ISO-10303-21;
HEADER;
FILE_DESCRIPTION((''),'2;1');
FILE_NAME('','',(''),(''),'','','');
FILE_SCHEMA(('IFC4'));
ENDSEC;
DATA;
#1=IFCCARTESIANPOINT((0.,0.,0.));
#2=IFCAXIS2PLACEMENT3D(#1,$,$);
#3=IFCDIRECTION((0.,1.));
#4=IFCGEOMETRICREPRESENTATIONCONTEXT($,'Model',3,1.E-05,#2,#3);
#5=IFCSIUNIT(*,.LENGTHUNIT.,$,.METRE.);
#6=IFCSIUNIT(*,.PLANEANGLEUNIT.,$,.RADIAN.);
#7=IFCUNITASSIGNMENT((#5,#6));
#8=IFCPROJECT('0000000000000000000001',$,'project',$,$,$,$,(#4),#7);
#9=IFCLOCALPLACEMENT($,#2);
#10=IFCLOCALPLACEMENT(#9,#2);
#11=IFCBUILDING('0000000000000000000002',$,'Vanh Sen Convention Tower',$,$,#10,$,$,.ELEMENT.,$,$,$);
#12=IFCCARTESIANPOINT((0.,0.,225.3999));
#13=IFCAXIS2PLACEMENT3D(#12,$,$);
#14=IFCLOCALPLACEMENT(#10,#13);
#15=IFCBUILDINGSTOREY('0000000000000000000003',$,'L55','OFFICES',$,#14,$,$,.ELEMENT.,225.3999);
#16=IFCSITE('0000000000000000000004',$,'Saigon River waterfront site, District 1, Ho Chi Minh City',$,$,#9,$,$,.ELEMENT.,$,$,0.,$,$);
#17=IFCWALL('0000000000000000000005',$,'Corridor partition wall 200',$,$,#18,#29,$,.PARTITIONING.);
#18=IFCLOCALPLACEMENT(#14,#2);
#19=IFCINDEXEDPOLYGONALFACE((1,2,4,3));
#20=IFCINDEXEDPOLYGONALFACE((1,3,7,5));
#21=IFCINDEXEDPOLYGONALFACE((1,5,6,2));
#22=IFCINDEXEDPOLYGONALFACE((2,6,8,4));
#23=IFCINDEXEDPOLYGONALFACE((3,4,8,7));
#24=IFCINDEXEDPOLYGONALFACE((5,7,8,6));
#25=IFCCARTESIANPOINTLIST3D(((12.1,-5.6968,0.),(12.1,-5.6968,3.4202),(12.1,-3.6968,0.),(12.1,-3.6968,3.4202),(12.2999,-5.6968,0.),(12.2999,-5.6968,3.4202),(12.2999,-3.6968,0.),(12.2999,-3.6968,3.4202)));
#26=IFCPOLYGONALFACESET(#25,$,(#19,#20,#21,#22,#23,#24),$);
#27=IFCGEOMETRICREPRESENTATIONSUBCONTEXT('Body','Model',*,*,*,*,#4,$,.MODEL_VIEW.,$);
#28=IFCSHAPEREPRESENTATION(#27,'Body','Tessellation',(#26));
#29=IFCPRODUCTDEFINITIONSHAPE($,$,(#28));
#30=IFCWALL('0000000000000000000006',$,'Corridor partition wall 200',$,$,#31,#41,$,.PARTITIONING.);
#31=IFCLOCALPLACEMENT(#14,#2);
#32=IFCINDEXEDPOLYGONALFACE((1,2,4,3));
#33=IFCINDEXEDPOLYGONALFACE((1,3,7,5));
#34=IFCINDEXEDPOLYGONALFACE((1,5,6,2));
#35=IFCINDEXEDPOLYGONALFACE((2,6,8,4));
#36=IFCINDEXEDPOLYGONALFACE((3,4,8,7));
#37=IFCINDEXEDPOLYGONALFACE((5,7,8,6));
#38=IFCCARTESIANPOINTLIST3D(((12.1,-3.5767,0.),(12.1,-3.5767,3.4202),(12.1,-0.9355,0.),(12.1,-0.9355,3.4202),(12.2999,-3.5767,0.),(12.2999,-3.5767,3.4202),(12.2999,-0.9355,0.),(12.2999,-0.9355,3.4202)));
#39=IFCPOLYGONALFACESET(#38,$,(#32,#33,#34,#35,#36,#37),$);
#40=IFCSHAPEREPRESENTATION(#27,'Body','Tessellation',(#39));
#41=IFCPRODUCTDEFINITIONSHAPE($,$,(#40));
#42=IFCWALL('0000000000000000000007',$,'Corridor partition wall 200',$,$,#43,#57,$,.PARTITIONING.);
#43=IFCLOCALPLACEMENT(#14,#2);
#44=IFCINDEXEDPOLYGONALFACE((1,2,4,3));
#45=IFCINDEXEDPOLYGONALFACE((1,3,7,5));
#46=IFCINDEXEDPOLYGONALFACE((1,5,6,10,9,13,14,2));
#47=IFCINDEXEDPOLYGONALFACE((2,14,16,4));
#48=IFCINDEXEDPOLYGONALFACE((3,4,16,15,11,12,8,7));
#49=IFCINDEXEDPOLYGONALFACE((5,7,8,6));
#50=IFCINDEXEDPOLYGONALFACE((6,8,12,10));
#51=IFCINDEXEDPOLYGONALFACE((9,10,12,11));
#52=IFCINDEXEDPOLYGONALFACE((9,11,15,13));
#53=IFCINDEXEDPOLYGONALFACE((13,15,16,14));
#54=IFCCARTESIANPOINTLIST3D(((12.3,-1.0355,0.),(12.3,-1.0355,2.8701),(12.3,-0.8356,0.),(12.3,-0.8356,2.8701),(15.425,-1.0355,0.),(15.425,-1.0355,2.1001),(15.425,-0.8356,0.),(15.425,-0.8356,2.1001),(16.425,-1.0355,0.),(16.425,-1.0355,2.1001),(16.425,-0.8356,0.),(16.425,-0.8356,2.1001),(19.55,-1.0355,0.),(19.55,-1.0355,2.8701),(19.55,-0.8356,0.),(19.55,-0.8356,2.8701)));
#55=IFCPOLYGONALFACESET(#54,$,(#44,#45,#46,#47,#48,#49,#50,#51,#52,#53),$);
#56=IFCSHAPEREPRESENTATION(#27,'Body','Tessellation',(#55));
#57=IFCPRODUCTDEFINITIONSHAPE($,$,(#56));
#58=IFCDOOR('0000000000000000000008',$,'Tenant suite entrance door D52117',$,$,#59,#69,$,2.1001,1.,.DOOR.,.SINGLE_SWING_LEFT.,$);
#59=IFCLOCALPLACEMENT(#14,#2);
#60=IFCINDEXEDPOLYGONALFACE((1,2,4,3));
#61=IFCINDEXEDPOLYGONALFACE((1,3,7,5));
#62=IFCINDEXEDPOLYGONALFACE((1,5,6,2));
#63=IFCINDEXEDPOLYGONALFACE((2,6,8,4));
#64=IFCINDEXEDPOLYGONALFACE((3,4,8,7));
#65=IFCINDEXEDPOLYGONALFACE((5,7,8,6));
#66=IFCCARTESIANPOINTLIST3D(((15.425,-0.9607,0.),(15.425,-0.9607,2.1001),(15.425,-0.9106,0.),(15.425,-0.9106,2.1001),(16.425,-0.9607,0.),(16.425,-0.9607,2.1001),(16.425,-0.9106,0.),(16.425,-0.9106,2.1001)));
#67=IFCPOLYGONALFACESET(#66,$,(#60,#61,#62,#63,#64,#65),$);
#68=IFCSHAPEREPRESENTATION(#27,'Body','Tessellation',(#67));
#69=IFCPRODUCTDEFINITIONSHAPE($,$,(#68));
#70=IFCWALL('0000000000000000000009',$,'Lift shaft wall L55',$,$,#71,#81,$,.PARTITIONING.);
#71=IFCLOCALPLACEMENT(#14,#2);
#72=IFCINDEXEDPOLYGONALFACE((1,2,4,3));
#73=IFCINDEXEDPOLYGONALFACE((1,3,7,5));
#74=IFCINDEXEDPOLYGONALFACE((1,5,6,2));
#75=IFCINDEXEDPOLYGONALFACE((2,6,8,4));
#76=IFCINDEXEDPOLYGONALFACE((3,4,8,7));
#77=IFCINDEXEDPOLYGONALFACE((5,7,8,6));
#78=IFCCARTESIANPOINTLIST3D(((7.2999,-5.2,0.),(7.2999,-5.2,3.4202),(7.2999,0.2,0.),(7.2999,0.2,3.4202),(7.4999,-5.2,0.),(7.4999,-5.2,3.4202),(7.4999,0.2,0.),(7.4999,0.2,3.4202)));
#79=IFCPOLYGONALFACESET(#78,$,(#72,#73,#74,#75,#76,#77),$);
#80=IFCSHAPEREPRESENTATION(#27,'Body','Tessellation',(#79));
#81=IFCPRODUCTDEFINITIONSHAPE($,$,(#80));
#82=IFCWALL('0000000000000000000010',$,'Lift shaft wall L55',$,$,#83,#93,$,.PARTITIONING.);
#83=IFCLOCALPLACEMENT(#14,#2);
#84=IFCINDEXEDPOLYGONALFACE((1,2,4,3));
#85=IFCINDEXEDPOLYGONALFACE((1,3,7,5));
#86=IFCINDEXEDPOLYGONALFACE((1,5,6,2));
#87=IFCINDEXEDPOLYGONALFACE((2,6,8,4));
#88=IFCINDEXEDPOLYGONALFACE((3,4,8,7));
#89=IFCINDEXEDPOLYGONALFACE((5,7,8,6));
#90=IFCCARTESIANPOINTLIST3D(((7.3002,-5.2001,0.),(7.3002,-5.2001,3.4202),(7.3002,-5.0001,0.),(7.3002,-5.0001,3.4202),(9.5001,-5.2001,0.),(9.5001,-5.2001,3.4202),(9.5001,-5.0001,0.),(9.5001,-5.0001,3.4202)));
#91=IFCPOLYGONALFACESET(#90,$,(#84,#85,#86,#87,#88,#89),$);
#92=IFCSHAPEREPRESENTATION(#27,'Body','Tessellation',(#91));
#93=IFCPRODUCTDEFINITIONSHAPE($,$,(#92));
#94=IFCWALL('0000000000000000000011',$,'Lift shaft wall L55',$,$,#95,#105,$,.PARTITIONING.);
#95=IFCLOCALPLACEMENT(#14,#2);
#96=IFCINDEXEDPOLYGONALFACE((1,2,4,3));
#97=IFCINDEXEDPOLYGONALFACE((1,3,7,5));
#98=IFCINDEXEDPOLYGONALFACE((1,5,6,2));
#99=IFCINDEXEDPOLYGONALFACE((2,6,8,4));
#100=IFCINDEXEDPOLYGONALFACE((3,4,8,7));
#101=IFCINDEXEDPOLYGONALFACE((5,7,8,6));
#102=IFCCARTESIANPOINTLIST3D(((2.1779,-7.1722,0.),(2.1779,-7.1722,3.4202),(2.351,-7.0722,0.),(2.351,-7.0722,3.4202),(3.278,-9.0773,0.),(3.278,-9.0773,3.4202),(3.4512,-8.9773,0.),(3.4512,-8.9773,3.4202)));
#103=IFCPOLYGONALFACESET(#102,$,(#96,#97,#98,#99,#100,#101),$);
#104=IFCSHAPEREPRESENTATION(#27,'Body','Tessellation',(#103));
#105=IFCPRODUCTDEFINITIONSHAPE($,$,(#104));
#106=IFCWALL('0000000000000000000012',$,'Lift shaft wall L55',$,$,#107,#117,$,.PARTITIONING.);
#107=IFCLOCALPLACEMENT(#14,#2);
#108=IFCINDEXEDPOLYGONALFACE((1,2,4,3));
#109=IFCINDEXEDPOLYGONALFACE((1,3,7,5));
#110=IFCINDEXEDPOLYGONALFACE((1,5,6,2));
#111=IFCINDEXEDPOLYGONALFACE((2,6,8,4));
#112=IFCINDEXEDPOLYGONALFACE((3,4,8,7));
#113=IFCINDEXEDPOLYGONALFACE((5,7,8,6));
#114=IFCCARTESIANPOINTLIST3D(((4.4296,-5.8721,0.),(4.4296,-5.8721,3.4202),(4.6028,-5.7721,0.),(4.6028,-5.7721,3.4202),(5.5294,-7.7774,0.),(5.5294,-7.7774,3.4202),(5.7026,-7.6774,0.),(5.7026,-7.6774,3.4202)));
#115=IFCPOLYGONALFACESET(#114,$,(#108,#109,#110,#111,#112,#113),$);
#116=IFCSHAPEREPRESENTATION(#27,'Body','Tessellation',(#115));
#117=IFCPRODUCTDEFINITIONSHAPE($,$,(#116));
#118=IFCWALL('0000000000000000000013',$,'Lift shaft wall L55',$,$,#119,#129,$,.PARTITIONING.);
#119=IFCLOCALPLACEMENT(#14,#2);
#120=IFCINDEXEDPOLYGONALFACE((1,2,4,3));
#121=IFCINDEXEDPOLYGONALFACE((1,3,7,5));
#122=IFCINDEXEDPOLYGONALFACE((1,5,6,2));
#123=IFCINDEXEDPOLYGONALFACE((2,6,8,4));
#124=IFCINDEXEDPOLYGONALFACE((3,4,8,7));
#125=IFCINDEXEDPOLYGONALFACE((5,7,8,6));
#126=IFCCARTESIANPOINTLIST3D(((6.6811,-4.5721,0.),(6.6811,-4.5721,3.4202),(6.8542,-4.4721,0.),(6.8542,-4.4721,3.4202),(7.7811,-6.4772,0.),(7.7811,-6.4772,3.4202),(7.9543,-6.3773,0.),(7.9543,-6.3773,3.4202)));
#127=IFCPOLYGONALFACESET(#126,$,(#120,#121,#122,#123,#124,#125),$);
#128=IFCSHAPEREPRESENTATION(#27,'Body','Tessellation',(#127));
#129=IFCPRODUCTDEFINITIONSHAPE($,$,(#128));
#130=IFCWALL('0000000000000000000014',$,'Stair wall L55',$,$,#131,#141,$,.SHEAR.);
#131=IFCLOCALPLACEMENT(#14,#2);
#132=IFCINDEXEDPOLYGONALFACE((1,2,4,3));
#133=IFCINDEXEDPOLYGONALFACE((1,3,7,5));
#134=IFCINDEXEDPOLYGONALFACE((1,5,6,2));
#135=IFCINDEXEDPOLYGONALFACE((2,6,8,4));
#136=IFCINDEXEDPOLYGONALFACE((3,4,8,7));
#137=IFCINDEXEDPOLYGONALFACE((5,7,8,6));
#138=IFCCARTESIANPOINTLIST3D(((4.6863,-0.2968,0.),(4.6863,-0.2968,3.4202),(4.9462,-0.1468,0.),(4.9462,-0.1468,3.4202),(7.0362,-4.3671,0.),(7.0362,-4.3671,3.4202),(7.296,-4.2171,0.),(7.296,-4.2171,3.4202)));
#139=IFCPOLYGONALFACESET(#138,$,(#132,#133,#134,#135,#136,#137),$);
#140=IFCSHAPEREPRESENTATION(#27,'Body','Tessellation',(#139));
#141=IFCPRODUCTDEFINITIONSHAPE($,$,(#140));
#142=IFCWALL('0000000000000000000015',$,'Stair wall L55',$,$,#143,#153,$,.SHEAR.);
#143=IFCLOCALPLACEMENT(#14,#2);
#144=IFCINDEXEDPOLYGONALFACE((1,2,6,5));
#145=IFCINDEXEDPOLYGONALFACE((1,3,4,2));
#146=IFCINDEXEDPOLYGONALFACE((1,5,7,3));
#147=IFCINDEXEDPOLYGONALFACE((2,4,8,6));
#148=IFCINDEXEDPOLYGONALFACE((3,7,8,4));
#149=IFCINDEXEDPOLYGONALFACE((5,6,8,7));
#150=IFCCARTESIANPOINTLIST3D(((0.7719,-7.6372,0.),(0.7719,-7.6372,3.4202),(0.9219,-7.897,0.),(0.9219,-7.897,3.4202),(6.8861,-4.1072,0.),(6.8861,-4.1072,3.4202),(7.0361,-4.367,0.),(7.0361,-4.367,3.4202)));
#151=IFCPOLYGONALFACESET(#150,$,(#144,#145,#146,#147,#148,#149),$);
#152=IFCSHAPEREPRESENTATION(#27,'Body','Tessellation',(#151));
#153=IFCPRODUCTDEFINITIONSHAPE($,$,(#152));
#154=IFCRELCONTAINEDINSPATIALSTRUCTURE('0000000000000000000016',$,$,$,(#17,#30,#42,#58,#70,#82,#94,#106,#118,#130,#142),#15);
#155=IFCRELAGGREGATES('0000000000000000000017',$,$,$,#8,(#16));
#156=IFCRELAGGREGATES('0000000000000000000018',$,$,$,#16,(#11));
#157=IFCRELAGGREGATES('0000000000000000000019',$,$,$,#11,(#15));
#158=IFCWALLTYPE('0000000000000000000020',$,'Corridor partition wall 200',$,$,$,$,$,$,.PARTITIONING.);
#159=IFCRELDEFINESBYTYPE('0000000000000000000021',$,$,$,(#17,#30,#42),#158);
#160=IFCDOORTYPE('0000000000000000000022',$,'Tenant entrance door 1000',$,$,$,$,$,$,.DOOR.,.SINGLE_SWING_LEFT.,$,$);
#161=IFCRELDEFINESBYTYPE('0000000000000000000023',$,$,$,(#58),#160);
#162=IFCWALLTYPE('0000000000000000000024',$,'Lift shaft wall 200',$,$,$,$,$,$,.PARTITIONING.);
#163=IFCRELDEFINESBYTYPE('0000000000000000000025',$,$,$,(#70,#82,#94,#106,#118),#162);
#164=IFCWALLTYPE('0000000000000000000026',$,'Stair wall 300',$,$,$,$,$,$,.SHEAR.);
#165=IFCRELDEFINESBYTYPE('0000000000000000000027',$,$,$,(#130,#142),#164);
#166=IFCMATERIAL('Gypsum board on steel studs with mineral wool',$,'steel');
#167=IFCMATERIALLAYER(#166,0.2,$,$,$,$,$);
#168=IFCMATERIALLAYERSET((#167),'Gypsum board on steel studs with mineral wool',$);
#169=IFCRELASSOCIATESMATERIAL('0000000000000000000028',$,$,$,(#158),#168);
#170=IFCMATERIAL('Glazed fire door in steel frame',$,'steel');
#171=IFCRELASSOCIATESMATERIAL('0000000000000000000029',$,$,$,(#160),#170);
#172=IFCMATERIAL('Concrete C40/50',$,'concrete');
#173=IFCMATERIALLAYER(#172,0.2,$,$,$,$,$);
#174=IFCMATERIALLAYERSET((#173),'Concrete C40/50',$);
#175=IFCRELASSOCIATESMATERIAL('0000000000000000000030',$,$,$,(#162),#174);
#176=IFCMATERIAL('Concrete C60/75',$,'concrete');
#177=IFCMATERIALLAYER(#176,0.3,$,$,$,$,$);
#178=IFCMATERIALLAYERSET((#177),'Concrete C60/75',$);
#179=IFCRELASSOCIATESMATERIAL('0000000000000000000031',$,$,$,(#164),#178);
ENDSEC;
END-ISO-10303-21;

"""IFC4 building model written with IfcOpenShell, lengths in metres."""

from ifc_helpers import new_model, si_unit, direction, frame, frame_2d, origin, place, context, subcontext, project, spatial, rectangle, extrude, material, layer, layer_set, type_object, element, fill, save


model = new_model("IFC4")

# Units and contexts
model_context = context("Model", 3, precision=1e-05, world=origin(), true_north=direction((0.0, 1.0)))
body_context = subcontext(model_context, "Body", "Model", "MODEL_VIEW")
ifc_project = project(units=[si_unit("LENGTHUNIT", "METRE"), si_unit("PLANEANGLEUNIT", "RADIAN")], contexts=[model_context])

# Site, building, storey
site_placement = place(None, origin())
site = spatial("IfcSite", under=ifc_project, at=site_placement, Name="Saigon River waterfront site, District 1, Ho Chi Minh City", CompositionType="ELEMENT", RefElevation=0.0)
building_placement = place(site_placement, origin())
building = spatial("IfcBuilding", under=site, at=building_placement, Name="Vanh Sen Convention Tower", CompositionType="ELEMENT")
storey_placement = place(building_placement, frame((0.0, 0.0, 225.3999)))
storey = spatial("IfcBuildingStorey", under=building, at=storey_placement, Name="L55", Description="OFFICES", CompositionType="ELEMENT", Elevation=225.3999)

# Shared definitions
ifc_material_1 = material(Name="Concrete C60/75", Category="concrete")

# Walls
ifc_material_2 = material(Name="Gypsum board on steel studs with mineral wool", Category="steel")
ifc_layer_1 = layer(ifc_material_2, 0.2)
ifc_layer_set_1 = layer_set([ifc_layer_1], Name="Gypsum board on steel studs with mineral wool")
wall_type_1 = type_object("IfcWallType", Name="Corridor partition wall 200", PredefinedType="PARTITIONING", material=ifc_layer_set_1)
wall_1_placement = place(storey_placement, frame((12.2, -5.6968, 0.0), z_axis=(0.0, 0.0, 1.0), x_axis=(0.0, 1.0, 0.0)))
element("IfcWall", 1, at=wall_1_placement, inside=storey, type_object=wall_type_1, Name="Corridor partition wall 200", PredefinedType="PARTITIONING", context=body_context, shape_type="SweptSolid", body=[
    extrude(rectangle(XDim=2.0, YDim=0.2, at=frame_2d((1.0, 0.0))), origin(), (0.0, 0.0, 1.0), 3.4202),
])
wall_2_placement = place(storey_placement, frame((12.2, -3.5767, 0.0), z_axis=(0.0, 0.0, 1.0), x_axis=(0.0, 1.0, 0.0)))
element("IfcWall", 2, at=wall_2_placement, inside=storey, type_object=wall_type_1, Name="Corridor partition wall 200", PredefinedType="PARTITIONING", context=body_context, shape_type="SweptSolid", body=[
    extrude(rectangle(XDim=2.6411, YDim=0.2, at=frame_2d((1.3206, 0.0))), origin(), (0.0, 0.0, 1.0), 3.4202),
])

# Wall, opening, door
wall_3_placement = place(storey_placement, frame((12.3, -0.9355, 0.0), z_axis=(0.0, 0.0, 1.0), x_axis=(1.0, 0.0, 0.0)))
wall_3 = element("IfcWall", 3, at=wall_3_placement, inside=storey, type_object=wall_type_1, Name="Corridor partition wall 200", PredefinedType="PARTITIONING", context=body_context, shape_type="SweptSolid", body=[
    extrude(rectangle(XDim=7.25, YDim=0.2, at=frame_2d((3.625, 0.0))), origin(), (0.0, 0.0, 1.0), 2.8701),
])
opening_1_placement = place(wall_3_placement, frame((3.125, 0.0, 0.0)))
opening_1 = element("IfcOpeningElement", 4, at=opening_1_placement, cuts=wall_3, PredefinedType="OPENING", context=body_context, shape_type="SweptSolid", body=[
    extrude(rectangle(XDim=1.0, YDim=2.1001, at=frame_2d((0.5, 1.05))), frame((0.0, 0.1099, 0.0), z_axis=(0.0, -1.0, 0.0), x_axis=(1.0, 0.0, 0.0)), (0.0, 0.0, 1.0), 0.22),
])
ifc_material_3 = material(Name="Glazed fire door in steel frame", Category="steel")
door_type_1 = type_object("IfcDoorType", Name="Tenant entrance door 1000", OperationType="SINGLE_SWING_LEFT", PredefinedType="DOOR", material=ifc_material_3)
door_1_placement = place(opening_1_placement, origin())
door_1 = element("IfcDoor", 5, at=door_1_placement, inside=storey, type_object=door_type_1, Name="Tenant suite entrance door D52117", OperationType="SINGLE_SWING_LEFT", OverallHeight=2.1001, OverallWidth=1.0, PredefinedType="DOOR", context=body_context, shape_type="SweptSolid", body=[
    extrude(rectangle(XDim=1.0, YDim=2.1001, at=frame_2d((0.5, 1.05))), frame((0.0, 0.0249, 0.0), z_axis=(0.0, -1.0, 0.0), x_axis=(1.0, 0.0, 0.0)), (0.0, 0.0, 1.0), 0.05),
])
fill(opening_1, door_1)

# Walls
ifc_material_4 = material(Name="Concrete C40/50", Category="concrete")
ifc_layer_2 = layer(ifc_material_4, 0.2)
ifc_layer_set_2 = layer_set([ifc_layer_2], Name="Concrete C40/50")
wall_type_2 = type_object("IfcWallType", Name="Lift shaft wall 200", PredefinedType="PARTITIONING", material=ifc_layer_set_2)
wall_4_placement = place(storey_placement, frame((7.3999, -5.2, 0.0), z_axis=(0.0, 0.0, 1.0), x_axis=(0.0, 1.0, 0.0)))
element("IfcWall", 6, at=wall_4_placement, inside=storey, type_object=wall_type_2, Name="Lift shaft wall L55", PredefinedType="PARTITIONING", context=body_context, shape_type="SweptSolid", body=[
    extrude(rectangle(XDim=5.3999, YDim=0.2, at=frame_2d((2.7, 0.0))), origin(), (0.0, 0.0, 1.0), 3.4202),
])
for number, where, z_axis, x_axis, name in (
    (7, (7.3, -5.1001, 0.0), (0.0, 0.0, 1.0), (1.0, 0.0, 0.0), "Lift shaft wall L55"),
    (8, (2.2644, -7.1221, 0.0), (0.0, 0.0, 1.0), (0.500078, -0.86598, 0.0), "Lift shaft wall L55"),
    (9, (4.5161, -5.822, 0.0), (0.0, 0.0, 1.0), (0.499947, -0.866056, 0.0), "Lift shaft wall L55"),
    (10, (6.7676, -4.522, 0.0), (0.0, 0.0, 1.0), (0.50003, -0.866008, 0.0), "Lift shaft wall L55"),
):
    element("IfcWall", number, at=place(storey_placement, frame(where, z_axis=z_axis, x_axis=x_axis)), inside=storey, type_object=wall_type_2, Name=name, PredefinedType="PARTITIONING", context=body_context, shape_type="SweptSolid", body=[
        extrude(rectangle(XDim=2.2, YDim=0.2, at=frame_2d((1.1001, 0.0))), origin(), (0.0, 0.0, 1.0), 3.4202),
    ])
ifc_layer_3 = layer(ifc_material_1, 0.3)
ifc_layer_set_3 = layer_set([ifc_layer_3], Name="Concrete C60/75")
wall_type_3 = type_object("IfcWallType", Name="Stair wall 300", PredefinedType="SHEAR", material=ifc_layer_set_3)
wall_5_placement = place(storey_placement, frame((4.8162, -0.2217, 0.0), z_axis=(0.0, 0.0, 1.0), x_axis=(0.499977, -0.866039, 0.0)))
element("IfcWall", 11, at=wall_5_placement, inside=storey, type_object=wall_type_3, Name="Stair wall L55", PredefinedType="SHEAR", context=body_context, shape_type="SweptSolid", body=[
    extrude(rectangle(XDim=4.7, YDim=0.3, at=frame_2d((2.3501, 0.0))), origin(), (0.0, 0.0, 1.0), 3.4202),
])
wall_6_placement = place(storey_placement, frame((0.8469, -7.7671, 0.0), z_axis=(0.0, 0.0, 1.0), x_axis=(0.866028, 0.499996, 0.0)))
element("IfcWall", 12, at=wall_6_placement, inside=storey, type_object=wall_type_3, Name="Stair wall L55", PredefinedType="SHEAR", context=body_context, shape_type="SweptSolid", body=[
    extrude(rectangle(XDim=7.0601, YDim=0.3, at=frame_2d((3.53, 0.0))), origin(), (0.0, 0.0, 1.0), 3.4202),
])

save(model, "model.ifc")
